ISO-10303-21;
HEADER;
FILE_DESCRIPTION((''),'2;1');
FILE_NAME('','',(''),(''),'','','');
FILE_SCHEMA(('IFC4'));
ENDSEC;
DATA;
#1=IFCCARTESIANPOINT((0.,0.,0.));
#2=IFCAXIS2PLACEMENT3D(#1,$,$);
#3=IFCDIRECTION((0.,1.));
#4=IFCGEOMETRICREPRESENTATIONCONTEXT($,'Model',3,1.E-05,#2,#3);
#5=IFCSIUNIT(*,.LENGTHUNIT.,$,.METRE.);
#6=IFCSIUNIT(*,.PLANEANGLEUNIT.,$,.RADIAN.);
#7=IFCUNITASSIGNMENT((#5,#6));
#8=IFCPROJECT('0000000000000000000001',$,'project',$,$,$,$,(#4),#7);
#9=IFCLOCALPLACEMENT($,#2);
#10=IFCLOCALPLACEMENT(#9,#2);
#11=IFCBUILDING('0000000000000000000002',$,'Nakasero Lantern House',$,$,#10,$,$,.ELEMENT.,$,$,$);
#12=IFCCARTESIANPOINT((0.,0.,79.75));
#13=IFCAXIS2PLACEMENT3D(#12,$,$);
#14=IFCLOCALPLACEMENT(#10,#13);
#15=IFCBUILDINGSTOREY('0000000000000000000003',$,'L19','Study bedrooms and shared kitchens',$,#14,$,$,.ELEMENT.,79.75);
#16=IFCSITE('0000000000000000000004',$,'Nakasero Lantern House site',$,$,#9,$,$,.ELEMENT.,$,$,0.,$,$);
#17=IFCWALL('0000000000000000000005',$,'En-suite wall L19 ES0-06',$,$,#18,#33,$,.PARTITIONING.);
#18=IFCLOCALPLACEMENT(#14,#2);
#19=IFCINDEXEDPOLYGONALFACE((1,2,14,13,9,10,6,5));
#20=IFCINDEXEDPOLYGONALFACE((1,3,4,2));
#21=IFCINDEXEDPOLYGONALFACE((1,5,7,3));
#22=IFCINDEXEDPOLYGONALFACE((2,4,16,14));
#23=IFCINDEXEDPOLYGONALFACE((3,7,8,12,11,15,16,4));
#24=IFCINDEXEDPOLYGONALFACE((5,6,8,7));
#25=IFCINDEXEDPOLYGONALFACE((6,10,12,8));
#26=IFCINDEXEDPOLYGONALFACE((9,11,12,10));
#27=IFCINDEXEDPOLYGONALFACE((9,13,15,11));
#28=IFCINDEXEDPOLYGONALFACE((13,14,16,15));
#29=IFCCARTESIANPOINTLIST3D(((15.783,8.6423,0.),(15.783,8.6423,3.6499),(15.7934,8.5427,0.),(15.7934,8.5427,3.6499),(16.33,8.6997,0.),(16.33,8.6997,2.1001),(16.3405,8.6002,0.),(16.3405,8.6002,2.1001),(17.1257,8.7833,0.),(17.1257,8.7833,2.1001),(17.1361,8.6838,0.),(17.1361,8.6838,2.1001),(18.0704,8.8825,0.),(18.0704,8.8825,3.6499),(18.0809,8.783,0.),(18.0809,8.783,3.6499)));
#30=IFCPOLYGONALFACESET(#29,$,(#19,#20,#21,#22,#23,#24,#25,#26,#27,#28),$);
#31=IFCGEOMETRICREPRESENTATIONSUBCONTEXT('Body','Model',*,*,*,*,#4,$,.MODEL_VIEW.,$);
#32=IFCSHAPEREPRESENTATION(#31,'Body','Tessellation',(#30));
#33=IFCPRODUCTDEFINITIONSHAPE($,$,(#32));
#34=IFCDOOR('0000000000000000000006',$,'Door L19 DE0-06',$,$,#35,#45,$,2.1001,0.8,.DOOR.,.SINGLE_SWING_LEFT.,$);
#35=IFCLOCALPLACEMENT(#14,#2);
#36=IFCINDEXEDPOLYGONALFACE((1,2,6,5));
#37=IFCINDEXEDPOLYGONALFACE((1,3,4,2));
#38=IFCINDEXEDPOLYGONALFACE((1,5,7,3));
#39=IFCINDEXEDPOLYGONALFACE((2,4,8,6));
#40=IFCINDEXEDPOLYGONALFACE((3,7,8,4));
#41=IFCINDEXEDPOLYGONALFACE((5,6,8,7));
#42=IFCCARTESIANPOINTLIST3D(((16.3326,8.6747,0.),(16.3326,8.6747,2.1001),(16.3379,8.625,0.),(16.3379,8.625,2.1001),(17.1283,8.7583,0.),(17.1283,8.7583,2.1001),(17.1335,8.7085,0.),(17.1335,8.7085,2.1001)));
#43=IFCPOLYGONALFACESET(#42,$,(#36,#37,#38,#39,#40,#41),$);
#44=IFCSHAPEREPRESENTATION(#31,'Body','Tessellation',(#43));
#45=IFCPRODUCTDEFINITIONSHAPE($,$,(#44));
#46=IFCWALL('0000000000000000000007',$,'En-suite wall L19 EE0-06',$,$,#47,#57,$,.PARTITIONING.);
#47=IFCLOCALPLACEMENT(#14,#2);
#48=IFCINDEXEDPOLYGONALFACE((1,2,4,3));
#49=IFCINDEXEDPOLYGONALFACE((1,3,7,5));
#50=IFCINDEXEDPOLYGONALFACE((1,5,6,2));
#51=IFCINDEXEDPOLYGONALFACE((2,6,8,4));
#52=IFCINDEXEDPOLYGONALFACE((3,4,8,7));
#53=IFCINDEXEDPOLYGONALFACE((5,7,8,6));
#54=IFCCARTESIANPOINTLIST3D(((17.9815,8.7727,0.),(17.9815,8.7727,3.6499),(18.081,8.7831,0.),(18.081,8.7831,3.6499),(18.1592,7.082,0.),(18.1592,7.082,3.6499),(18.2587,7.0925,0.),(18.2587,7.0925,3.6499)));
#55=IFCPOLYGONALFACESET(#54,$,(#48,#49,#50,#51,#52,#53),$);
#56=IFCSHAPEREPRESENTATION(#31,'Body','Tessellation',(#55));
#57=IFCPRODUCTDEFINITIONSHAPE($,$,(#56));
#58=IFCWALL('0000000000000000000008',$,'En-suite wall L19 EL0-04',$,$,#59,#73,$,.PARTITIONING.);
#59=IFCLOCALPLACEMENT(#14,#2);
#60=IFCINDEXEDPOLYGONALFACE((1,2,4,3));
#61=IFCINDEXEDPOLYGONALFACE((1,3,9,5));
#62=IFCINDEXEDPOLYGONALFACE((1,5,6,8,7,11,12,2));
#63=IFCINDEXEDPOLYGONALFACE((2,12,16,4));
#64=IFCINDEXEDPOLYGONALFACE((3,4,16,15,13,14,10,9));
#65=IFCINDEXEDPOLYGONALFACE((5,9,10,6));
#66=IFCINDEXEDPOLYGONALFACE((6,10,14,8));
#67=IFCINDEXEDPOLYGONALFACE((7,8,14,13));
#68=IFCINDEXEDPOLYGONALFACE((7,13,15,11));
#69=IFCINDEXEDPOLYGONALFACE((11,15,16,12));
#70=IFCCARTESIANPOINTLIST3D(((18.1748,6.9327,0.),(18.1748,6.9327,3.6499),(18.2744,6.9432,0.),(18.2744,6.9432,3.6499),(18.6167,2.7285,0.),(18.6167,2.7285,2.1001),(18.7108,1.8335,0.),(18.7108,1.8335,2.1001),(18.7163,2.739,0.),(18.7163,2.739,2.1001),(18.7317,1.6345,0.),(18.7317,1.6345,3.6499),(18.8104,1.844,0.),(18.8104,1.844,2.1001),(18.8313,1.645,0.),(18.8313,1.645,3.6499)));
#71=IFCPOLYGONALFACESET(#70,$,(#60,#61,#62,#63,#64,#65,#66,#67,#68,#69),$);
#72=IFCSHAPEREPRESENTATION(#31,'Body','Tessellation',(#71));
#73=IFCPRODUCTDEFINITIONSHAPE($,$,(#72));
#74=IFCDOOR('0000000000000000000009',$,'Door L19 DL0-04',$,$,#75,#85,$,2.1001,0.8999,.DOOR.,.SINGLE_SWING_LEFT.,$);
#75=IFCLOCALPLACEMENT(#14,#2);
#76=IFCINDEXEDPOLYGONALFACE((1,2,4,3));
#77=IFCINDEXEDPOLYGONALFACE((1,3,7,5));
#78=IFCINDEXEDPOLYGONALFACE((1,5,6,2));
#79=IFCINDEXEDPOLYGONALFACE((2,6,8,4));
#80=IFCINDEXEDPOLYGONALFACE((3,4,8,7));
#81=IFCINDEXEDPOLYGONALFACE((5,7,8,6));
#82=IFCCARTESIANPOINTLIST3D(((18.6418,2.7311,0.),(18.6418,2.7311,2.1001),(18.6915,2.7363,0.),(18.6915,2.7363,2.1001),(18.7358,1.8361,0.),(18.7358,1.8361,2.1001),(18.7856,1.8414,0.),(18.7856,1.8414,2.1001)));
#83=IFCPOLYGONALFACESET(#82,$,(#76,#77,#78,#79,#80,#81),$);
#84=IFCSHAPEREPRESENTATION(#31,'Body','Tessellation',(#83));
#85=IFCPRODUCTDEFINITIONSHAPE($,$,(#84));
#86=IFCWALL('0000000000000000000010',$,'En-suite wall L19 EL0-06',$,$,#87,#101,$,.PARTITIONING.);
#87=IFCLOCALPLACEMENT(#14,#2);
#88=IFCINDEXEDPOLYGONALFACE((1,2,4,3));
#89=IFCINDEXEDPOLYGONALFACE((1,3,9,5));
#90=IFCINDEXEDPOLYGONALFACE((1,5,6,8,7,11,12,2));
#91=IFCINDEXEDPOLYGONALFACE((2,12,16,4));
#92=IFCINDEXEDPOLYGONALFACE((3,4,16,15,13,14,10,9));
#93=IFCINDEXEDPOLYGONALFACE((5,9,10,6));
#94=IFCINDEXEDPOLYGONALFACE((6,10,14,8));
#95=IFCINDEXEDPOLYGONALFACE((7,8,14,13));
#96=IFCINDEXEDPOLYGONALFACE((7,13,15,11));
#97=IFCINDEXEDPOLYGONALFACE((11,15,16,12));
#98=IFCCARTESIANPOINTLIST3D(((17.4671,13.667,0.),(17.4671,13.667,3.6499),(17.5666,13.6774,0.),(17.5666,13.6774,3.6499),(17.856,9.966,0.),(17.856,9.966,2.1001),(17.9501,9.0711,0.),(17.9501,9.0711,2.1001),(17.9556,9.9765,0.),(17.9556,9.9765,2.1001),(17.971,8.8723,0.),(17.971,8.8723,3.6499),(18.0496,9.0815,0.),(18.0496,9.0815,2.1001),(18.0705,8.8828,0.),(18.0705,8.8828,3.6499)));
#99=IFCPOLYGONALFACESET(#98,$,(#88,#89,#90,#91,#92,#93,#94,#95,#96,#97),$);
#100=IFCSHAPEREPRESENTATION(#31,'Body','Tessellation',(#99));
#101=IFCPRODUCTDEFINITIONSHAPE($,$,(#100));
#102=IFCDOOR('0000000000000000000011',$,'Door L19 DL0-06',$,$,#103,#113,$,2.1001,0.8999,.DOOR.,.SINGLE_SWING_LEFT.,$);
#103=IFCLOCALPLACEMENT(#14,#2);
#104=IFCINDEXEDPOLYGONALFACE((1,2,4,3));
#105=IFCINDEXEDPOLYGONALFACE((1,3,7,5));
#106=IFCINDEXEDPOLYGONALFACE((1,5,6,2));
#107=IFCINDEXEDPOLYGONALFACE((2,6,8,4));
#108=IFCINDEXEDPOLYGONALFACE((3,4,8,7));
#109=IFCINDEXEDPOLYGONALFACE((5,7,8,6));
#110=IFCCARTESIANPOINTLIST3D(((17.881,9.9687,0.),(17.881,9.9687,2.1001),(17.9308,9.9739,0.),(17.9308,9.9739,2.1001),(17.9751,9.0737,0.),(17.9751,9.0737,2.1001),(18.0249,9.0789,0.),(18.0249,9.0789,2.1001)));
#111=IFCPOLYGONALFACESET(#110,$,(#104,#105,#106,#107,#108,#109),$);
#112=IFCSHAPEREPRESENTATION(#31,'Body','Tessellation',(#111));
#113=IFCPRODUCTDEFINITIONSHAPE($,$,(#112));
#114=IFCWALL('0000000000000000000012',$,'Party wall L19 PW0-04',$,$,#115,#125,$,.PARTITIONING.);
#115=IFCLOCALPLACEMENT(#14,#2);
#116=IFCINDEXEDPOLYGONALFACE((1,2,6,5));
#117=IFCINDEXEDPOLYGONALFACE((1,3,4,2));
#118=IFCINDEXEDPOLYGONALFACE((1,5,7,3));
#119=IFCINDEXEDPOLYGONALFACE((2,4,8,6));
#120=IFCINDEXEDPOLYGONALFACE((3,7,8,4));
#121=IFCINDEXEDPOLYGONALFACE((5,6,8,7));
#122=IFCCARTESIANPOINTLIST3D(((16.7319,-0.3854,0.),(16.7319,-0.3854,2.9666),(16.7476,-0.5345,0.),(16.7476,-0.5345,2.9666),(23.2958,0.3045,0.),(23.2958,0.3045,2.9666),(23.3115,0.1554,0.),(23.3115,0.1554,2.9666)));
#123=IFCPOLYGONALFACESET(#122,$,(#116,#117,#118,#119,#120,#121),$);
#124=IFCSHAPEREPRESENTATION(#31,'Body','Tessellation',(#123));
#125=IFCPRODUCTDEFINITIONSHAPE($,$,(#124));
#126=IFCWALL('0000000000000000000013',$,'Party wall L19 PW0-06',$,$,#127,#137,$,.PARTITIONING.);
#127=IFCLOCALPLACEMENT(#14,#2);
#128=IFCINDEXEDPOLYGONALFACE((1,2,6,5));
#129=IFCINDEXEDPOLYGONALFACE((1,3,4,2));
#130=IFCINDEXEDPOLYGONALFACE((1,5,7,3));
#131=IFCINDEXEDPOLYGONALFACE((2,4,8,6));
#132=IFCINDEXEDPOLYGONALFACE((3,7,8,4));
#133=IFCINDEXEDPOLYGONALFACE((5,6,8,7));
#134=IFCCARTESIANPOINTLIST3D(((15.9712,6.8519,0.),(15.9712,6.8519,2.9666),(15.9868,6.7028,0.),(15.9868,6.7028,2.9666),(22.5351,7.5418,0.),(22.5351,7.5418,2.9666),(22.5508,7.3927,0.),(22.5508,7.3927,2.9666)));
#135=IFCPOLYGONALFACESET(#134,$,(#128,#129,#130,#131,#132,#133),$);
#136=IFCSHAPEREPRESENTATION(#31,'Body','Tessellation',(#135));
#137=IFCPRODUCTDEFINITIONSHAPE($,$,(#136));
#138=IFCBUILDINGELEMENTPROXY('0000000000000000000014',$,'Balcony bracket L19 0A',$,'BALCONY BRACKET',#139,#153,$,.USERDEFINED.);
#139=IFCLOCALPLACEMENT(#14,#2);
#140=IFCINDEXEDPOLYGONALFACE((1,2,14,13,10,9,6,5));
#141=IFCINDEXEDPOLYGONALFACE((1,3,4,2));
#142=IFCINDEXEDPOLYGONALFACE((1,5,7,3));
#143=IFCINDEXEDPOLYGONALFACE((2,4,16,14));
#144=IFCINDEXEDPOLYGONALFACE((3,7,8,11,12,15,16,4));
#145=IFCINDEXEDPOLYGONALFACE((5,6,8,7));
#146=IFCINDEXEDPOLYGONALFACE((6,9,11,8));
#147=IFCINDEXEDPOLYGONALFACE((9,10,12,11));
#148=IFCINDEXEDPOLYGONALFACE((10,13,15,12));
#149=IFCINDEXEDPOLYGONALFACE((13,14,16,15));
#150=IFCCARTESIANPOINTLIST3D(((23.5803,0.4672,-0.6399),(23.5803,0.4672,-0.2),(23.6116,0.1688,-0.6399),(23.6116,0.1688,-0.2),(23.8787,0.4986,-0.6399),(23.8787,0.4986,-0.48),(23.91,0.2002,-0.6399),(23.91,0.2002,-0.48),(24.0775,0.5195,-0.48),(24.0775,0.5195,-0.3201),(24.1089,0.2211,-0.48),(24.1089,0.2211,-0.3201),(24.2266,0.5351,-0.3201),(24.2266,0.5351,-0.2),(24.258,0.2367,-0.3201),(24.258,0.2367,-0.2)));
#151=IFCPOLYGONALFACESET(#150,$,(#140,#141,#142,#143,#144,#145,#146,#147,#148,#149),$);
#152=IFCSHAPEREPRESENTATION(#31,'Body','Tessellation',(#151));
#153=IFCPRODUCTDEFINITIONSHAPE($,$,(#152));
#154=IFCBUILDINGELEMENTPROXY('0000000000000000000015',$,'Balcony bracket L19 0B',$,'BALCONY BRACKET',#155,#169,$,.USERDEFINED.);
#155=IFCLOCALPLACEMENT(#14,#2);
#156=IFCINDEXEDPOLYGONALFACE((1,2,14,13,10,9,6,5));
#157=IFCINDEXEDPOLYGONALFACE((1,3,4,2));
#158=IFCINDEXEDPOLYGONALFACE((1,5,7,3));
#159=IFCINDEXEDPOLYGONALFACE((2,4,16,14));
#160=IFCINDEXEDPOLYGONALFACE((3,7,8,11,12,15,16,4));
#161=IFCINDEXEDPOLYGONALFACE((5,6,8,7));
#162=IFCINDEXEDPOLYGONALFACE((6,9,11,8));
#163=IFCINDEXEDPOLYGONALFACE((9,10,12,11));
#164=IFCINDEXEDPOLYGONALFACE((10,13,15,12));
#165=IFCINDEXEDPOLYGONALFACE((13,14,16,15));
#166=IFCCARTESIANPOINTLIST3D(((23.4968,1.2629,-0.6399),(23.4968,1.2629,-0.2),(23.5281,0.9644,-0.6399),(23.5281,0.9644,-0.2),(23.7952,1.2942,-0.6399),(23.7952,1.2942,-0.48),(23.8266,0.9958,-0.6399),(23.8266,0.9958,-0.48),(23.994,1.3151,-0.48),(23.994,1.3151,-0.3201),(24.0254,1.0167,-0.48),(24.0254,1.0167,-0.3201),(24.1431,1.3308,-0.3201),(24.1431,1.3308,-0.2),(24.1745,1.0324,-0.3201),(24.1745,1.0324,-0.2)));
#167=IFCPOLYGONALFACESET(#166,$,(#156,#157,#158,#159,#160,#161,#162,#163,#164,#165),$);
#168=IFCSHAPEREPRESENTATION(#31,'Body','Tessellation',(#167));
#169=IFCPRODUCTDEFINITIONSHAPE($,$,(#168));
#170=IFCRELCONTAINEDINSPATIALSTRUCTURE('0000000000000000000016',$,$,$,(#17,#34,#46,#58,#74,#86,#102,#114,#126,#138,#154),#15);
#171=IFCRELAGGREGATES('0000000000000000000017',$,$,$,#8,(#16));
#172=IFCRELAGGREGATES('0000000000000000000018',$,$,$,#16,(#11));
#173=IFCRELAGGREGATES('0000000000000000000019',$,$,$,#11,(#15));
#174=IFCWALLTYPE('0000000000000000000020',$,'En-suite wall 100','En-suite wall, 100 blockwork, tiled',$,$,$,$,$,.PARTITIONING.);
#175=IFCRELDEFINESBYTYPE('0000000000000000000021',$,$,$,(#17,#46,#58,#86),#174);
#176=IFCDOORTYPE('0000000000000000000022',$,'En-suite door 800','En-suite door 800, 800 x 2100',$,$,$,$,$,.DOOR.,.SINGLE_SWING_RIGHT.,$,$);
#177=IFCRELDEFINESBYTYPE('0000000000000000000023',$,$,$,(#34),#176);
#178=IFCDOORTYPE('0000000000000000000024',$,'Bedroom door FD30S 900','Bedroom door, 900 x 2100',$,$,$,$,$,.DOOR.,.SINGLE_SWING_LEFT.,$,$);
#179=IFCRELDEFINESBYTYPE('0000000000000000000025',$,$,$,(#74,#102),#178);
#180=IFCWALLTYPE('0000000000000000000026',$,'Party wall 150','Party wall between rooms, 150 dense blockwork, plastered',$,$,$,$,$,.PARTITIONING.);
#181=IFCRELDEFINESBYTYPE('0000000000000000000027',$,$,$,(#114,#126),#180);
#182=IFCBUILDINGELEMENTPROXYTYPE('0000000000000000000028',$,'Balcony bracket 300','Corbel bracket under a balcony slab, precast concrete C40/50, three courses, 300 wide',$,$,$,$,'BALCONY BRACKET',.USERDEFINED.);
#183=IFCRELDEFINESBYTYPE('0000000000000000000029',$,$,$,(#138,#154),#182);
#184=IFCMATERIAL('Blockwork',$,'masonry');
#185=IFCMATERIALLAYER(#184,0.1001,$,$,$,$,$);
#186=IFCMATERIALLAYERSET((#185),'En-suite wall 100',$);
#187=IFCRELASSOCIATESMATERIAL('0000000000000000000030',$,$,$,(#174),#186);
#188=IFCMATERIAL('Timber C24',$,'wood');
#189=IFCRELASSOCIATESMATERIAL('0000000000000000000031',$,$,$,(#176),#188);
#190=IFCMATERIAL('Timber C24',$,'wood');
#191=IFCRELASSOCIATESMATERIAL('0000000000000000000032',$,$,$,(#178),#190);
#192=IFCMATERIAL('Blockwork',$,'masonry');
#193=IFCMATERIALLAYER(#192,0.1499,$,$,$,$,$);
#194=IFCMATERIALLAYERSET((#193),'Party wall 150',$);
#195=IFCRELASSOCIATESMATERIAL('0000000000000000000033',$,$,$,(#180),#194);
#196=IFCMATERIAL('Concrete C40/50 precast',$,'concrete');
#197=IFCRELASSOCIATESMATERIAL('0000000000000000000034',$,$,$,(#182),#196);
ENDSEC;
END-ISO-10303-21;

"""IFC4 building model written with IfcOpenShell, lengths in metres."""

from ifc_helpers import new_model, si_unit, direction, frame, frame_2d, origin, place, context, subcontext, project, spatial, polyline, rectangle, outline, extrude, material, layer, layer_set, type_object, element, fill, save


model = new_model("IFC4")

# Units and contexts
model_context = context("Model", 3, precision=1e-05, world=origin(), true_north=direction((0.0, 1.0)))
body_context = subcontext(model_context, "Body", "Model", "MODEL_VIEW")
ifc_project = project(units=[si_unit("LENGTHUNIT", "METRE"), si_unit("PLANEANGLEUNIT", "RADIAN")], contexts=[model_context])

# Site, building, storey
site_placement = place(None, origin())
site = spatial("IfcSite", under=ifc_project, at=site_placement, Name="Nakasero Lantern House site", CompositionType="ELEMENT", RefElevation=0.0)
building_placement = place(site_placement, origin())
building = spatial("IfcBuilding", under=site, at=building_placement, Name="Nakasero Lantern House", CompositionType="ELEMENT")
storey_placement = place(building_placement, frame((0.0, 0.0, 79.75)))
storey = spatial("IfcBuildingStorey", under=building, at=storey_placement, Name="L19", Description="Study bedrooms and shared kitchens", CompositionType="ELEMENT", Elevation=79.75)

# Shared definitions
ifc_material_1 = material(Name="Blockwork", Category="masonry")
ifc_layer_1 = layer(ifc_material_1, 0.1001)
ifc_layer_set_1 = layer_set([ifc_layer_1], Name="En-suite wall 100")
wall_type_1 = type_object("IfcWallType", Name="En-suite wall 100", Description="En-suite wall, 100 blockwork, tiled", PredefinedType="PARTITIONING", material=ifc_layer_set_1)
ifc_material_2 = material(Name="Timber C24", Category="wood")
door_type_1 = type_object("IfcDoorType", Name="En-suite door 800", Description="En-suite door 800, 800 x 2100", OperationType="SINGLE_SWING_RIGHT", PredefinedType="DOOR", material=ifc_material_2)

# Wall, opening, door
wall_1_placement = place(storey_placement, frame((15.7883, 8.5925, 0.0), z_axis=(0.0, 0.0, 1.0), x_axis=(0.99453, 0.104453, 0.0)))
wall_1 = element("IfcWall", 1, at=wall_1_placement, inside=storey, type_object=wall_type_1, Name="En-suite wall L19 ES0-06", PredefinedType="PARTITIONING", context=body_context, shape_type="SweptSolid", body=[
    extrude(rectangle(XDim=2.3, YDim=0.1001, at=frame_2d((1.1499, 0.0))), origin(), (0.0, 0.0, 1.0), 3.6499),
])
opening_1_placement = place(wall_1_placement, frame((0.55, 0.0, 0.0)))
opening_1 = element("IfcOpeningElement", 2, at=opening_1_placement, cuts=wall_1, PredefinedType="OPENING", context=body_context, shape_type="SweptSolid", body=[
    extrude(rectangle(XDim=0.8, YDim=2.1001, at=frame_2d((0.3999, 1.05))), frame((0.0, 0.0701, 0.0), z_axis=(0.0, -1.0, 0.0), x_axis=(1.0, 0.0, 0.0)), (0.0, 0.0, 1.0), 0.1401),
])
door_1_placement = place(opening_1_placement, origin())
door_1 = element("IfcDoor", 3, at=door_1_placement, inside=storey, type_object=door_type_1, Name="Door L19 DE0-06", OperationType="SINGLE_SWING_LEFT", OverallHeight=2.1001, OverallWidth=0.8, PredefinedType="DOOR", context=body_context, shape_type="SweptSolid", body=[
    extrude(rectangle(XDim=0.8, YDim=2.1001, at=frame_2d((0.3999, 1.05))), frame((0.0, 0.0249, 0.0), z_axis=(0.0, -1.0, 0.0), x_axis=(1.0, 0.0, 0.0)), (0.0, 0.0, 1.0), 0.05),
])
fill(opening_1, door_1)

# Wall
wall_2_placement = place(storey_placement, frame((18.209, 7.0872, 0.0), z_axis=(0.0, 0.0, 1.0), x_axis=(-0.10455, 0.99452, 0.0)))
element("IfcWall", 4, at=wall_2_placement, inside=storey, type_object=wall_type_1, Name="En-suite wall L19 EE0-06", PredefinedType="PARTITIONING", context=body_context, shape_type="SweptSolid", body=[
    extrude(rectangle(XDim=1.7, YDim=0.1001, at=frame_2d((0.8501, 0.0))), origin(), (0.0, 0.0, 1.0), 3.6499),
])

# Walls, openings, doors
wall_3_placement = place(storey_placement, frame((18.7815, 1.6399, 0.0), z_axis=(0.0, 0.0, 1.0), x_axis=(-0.104534, 0.994521, 0.0)))
wall_3 = element("IfcWall", 5, at=wall_3_placement, inside=storey, type_object=wall_type_1, Name="En-suite wall L19 EL0-04", PredefinedType="PARTITIONING", context=body_context, shape_type="SweptSolid", body=[
    extrude(rectangle(XDim=5.3274, YDim=0.1001, at=frame_2d((2.6636, 0.0))), origin(), (0.0, 0.0, 1.0), 3.6499),
])
opening_2_placement = place(wall_3_placement, frame((0.2, 0.0, 0.0)))
opening_2 = element("IfcOpeningElement", 6, at=opening_2_placement, cuts=wall_3, PredefinedType="OPENING", context=body_context, shape_type="SweptSolid", body=[
    extrude(rectangle(XDim=0.8999, YDim=2.1001, at=frame_2d((0.45, 1.05))), frame((0.0, 0.0701, 0.0), z_axis=(0.0, -1.0, 0.0), x_axis=(1.0, 0.0, 0.0)), (0.0, 0.0, 1.0), 0.1401),
])
ifc_material_3 = material(Name="Timber C24", Category="wood")
door_type_2 = type_object("IfcDoorType", Name="Bedroom door FD30S 900", Description="Bedroom door, 900 x 2100", OperationType="SINGLE_SWING_LEFT", PredefinedType="DOOR", material=ifc_material_3)
door_2_placement = place(opening_2_placement, origin())
door_2 = element("IfcDoor", 7, at=door_2_placement, inside=storey, type_object=door_type_2, Name="Door L19 DL0-04", OperationType="SINGLE_SWING_LEFT", OverallHeight=2.1001, OverallWidth=0.8999, PredefinedType="DOOR", context=body_context, shape_type="SweptSolid", body=[
    extrude(rectangle(XDim=0.8999, YDim=2.1001, at=frame_2d((0.45, 1.05))), frame((0.0, 0.0249, 0.0), z_axis=(0.0, -1.0, 0.0), x_axis=(1.0, 0.0, 0.0)), (0.0, 0.0, 1.0), 0.05),
])
fill(opening_2, door_2)
wall_4_placement = place(storey_placement, frame((18.0208, 8.8774, 0.0), z_axis=(0.0, 0.0, 1.0), x_axis=(-0.104521, 0.994523, 0.0)))
wall_4 = element("IfcWall", 8, at=wall_4_placement, inside=storey, type_object=wall_type_1, Name="En-suite wall L19 EL0-06", PredefinedType="PARTITIONING", context=body_context, shape_type="SweptSolid", body=[
    extrude(rectangle(XDim=4.821, YDim=0.1001, at=frame_2d((2.4106, 0.0))), origin(), (0.0, 0.0, 1.0), 3.6499),
])
opening_3_placement = place(wall_4_placement, frame((0.2, 0.0, 0.0)))
opening_3 = element("IfcOpeningElement", 9, at=opening_3_placement, cuts=wall_4, PredefinedType="OPENING", context=body_context, shape_type="SweptSolid", body=[
    extrude(rectangle(XDim=0.8999, YDim=2.1001, at=frame_2d((0.45, 1.05))), frame((0.0, 0.0701, 0.0), z_axis=(0.0, -1.0, 0.0), x_axis=(1.0, 0.0, 0.0)), (0.0, 0.0, 1.0), 0.1401),
])
door_3_placement = place(opening_3_placement, origin())
door_3 = element("IfcDoor", 10, at=door_3_placement, inside=storey, type_object=door_type_2, Name="Door L19 DL0-06", OperationType="SINGLE_SWING_LEFT", OverallHeight=2.1001, OverallWidth=0.8999, PredefinedType="DOOR", context=body_context, shape_type="SweptSolid", body=[
    extrude(rectangle(XDim=0.8999, YDim=2.1001, at=frame_2d((0.45, 1.05))), frame((0.0, 0.0249, 0.0), z_axis=(0.0, -1.0, 0.0), x_axis=(1.0, 0.0, 0.0)), (0.0, 0.0, 1.0), 0.05),
])
fill(opening_3, door_3)

# Walls
ifc_material_4 = material(Name="Blockwork", Category="masonry")
ifc_layer_2 = layer(ifc_material_4, 0.1499)
ifc_layer_set_2 = layer_set([ifc_layer_2], Name="Party wall 150")
wall_type_2 = type_object("IfcWallType", Name="Party wall 150", Description="Party wall between rooms, 150 dense blockwork, plastered", PredefinedType="PARTITIONING", material=ifc_layer_set_2)
for number, where, z_axis, x_axis, name in (
    (11, (16.7397, -0.46, 0.0), (0.0, 0.0, 1.0), (0.994521, 0.104535, 0.0), "Party wall L19 PW0-04"),
    (12, (15.979, 6.7773, 0.0), (0.0, 0.0, 1.0), (0.994521, 0.104535, 0.0), "Party wall L19 PW0-06"),
):
    element("IfcWall", number, at=place(storey_placement, frame(where, z_axis=z_axis, x_axis=x_axis)), inside=storey, type_object=wall_type_2, Name=name, PredefinedType="PARTITIONING", context=body_context, shape_type="SweptSolid", body=[
        extrude(rectangle(XDim=6.6001, YDim=0.1499, at=frame_2d((3.3, 0.0))), origin(), (0.0, 0.0, 1.0), 2.9666),
    ])

# Building element proxies
ifc_material_5 = material(Name="Concrete C40/50 precast", Category="concrete")
building_element_proxy_type = type_object("IfcBuildingElementProxyType", Name="Balcony bracket 300", Description="Corbel bracket under a balcony slab, precast concrete C40/50, three courses, 300 wide", ElementType="BALCONY BRACKET", PredefinedType="USERDEFINED", material=ifc_material_5)
for number, where, z_axis, x_axis, name in (
    (13, (23.5959, 0.3181, -0.2), (0.0, 0.0, 1.0), (0.994522, 0.104528, 0.0), "Balcony bracket L19 0A"),
    (14, (23.5125, 1.1138, -0.2), (0.0, 0.0, 1.0), (0.994522, 0.104528, 0.0), "Balcony bracket L19 0B"),
):
    element("IfcBuildingElementProxy", number, at=place(storey_placement, frame(where, z_axis=z_axis, x_axis=x_axis)), inside=storey, type_object=building_element_proxy_type, Name=name, ObjectType="BALCONY BRACKET", PredefinedType="USERDEFINED", context=body_context, shape_type="SweptSolid", body=[
        extrude(outline(polyline([(0.0, 0.0), (0.6499, 0.0), (0.6499, -0.1201), (0.5, -0.1201), (0.5, -0.28), (0.3, -0.28), (0.3, -0.4399), (0.0, -0.4399), (0.0, 0.0)])), frame((0.0, 0.1499, 0.0), z_axis=(0.0, -1.0, 0.0), x_axis=(1.0, 0.0, 0.0)), (0.0, 0.0, 1.0), 0.3),
    ])

save(model, "model.ifc")
